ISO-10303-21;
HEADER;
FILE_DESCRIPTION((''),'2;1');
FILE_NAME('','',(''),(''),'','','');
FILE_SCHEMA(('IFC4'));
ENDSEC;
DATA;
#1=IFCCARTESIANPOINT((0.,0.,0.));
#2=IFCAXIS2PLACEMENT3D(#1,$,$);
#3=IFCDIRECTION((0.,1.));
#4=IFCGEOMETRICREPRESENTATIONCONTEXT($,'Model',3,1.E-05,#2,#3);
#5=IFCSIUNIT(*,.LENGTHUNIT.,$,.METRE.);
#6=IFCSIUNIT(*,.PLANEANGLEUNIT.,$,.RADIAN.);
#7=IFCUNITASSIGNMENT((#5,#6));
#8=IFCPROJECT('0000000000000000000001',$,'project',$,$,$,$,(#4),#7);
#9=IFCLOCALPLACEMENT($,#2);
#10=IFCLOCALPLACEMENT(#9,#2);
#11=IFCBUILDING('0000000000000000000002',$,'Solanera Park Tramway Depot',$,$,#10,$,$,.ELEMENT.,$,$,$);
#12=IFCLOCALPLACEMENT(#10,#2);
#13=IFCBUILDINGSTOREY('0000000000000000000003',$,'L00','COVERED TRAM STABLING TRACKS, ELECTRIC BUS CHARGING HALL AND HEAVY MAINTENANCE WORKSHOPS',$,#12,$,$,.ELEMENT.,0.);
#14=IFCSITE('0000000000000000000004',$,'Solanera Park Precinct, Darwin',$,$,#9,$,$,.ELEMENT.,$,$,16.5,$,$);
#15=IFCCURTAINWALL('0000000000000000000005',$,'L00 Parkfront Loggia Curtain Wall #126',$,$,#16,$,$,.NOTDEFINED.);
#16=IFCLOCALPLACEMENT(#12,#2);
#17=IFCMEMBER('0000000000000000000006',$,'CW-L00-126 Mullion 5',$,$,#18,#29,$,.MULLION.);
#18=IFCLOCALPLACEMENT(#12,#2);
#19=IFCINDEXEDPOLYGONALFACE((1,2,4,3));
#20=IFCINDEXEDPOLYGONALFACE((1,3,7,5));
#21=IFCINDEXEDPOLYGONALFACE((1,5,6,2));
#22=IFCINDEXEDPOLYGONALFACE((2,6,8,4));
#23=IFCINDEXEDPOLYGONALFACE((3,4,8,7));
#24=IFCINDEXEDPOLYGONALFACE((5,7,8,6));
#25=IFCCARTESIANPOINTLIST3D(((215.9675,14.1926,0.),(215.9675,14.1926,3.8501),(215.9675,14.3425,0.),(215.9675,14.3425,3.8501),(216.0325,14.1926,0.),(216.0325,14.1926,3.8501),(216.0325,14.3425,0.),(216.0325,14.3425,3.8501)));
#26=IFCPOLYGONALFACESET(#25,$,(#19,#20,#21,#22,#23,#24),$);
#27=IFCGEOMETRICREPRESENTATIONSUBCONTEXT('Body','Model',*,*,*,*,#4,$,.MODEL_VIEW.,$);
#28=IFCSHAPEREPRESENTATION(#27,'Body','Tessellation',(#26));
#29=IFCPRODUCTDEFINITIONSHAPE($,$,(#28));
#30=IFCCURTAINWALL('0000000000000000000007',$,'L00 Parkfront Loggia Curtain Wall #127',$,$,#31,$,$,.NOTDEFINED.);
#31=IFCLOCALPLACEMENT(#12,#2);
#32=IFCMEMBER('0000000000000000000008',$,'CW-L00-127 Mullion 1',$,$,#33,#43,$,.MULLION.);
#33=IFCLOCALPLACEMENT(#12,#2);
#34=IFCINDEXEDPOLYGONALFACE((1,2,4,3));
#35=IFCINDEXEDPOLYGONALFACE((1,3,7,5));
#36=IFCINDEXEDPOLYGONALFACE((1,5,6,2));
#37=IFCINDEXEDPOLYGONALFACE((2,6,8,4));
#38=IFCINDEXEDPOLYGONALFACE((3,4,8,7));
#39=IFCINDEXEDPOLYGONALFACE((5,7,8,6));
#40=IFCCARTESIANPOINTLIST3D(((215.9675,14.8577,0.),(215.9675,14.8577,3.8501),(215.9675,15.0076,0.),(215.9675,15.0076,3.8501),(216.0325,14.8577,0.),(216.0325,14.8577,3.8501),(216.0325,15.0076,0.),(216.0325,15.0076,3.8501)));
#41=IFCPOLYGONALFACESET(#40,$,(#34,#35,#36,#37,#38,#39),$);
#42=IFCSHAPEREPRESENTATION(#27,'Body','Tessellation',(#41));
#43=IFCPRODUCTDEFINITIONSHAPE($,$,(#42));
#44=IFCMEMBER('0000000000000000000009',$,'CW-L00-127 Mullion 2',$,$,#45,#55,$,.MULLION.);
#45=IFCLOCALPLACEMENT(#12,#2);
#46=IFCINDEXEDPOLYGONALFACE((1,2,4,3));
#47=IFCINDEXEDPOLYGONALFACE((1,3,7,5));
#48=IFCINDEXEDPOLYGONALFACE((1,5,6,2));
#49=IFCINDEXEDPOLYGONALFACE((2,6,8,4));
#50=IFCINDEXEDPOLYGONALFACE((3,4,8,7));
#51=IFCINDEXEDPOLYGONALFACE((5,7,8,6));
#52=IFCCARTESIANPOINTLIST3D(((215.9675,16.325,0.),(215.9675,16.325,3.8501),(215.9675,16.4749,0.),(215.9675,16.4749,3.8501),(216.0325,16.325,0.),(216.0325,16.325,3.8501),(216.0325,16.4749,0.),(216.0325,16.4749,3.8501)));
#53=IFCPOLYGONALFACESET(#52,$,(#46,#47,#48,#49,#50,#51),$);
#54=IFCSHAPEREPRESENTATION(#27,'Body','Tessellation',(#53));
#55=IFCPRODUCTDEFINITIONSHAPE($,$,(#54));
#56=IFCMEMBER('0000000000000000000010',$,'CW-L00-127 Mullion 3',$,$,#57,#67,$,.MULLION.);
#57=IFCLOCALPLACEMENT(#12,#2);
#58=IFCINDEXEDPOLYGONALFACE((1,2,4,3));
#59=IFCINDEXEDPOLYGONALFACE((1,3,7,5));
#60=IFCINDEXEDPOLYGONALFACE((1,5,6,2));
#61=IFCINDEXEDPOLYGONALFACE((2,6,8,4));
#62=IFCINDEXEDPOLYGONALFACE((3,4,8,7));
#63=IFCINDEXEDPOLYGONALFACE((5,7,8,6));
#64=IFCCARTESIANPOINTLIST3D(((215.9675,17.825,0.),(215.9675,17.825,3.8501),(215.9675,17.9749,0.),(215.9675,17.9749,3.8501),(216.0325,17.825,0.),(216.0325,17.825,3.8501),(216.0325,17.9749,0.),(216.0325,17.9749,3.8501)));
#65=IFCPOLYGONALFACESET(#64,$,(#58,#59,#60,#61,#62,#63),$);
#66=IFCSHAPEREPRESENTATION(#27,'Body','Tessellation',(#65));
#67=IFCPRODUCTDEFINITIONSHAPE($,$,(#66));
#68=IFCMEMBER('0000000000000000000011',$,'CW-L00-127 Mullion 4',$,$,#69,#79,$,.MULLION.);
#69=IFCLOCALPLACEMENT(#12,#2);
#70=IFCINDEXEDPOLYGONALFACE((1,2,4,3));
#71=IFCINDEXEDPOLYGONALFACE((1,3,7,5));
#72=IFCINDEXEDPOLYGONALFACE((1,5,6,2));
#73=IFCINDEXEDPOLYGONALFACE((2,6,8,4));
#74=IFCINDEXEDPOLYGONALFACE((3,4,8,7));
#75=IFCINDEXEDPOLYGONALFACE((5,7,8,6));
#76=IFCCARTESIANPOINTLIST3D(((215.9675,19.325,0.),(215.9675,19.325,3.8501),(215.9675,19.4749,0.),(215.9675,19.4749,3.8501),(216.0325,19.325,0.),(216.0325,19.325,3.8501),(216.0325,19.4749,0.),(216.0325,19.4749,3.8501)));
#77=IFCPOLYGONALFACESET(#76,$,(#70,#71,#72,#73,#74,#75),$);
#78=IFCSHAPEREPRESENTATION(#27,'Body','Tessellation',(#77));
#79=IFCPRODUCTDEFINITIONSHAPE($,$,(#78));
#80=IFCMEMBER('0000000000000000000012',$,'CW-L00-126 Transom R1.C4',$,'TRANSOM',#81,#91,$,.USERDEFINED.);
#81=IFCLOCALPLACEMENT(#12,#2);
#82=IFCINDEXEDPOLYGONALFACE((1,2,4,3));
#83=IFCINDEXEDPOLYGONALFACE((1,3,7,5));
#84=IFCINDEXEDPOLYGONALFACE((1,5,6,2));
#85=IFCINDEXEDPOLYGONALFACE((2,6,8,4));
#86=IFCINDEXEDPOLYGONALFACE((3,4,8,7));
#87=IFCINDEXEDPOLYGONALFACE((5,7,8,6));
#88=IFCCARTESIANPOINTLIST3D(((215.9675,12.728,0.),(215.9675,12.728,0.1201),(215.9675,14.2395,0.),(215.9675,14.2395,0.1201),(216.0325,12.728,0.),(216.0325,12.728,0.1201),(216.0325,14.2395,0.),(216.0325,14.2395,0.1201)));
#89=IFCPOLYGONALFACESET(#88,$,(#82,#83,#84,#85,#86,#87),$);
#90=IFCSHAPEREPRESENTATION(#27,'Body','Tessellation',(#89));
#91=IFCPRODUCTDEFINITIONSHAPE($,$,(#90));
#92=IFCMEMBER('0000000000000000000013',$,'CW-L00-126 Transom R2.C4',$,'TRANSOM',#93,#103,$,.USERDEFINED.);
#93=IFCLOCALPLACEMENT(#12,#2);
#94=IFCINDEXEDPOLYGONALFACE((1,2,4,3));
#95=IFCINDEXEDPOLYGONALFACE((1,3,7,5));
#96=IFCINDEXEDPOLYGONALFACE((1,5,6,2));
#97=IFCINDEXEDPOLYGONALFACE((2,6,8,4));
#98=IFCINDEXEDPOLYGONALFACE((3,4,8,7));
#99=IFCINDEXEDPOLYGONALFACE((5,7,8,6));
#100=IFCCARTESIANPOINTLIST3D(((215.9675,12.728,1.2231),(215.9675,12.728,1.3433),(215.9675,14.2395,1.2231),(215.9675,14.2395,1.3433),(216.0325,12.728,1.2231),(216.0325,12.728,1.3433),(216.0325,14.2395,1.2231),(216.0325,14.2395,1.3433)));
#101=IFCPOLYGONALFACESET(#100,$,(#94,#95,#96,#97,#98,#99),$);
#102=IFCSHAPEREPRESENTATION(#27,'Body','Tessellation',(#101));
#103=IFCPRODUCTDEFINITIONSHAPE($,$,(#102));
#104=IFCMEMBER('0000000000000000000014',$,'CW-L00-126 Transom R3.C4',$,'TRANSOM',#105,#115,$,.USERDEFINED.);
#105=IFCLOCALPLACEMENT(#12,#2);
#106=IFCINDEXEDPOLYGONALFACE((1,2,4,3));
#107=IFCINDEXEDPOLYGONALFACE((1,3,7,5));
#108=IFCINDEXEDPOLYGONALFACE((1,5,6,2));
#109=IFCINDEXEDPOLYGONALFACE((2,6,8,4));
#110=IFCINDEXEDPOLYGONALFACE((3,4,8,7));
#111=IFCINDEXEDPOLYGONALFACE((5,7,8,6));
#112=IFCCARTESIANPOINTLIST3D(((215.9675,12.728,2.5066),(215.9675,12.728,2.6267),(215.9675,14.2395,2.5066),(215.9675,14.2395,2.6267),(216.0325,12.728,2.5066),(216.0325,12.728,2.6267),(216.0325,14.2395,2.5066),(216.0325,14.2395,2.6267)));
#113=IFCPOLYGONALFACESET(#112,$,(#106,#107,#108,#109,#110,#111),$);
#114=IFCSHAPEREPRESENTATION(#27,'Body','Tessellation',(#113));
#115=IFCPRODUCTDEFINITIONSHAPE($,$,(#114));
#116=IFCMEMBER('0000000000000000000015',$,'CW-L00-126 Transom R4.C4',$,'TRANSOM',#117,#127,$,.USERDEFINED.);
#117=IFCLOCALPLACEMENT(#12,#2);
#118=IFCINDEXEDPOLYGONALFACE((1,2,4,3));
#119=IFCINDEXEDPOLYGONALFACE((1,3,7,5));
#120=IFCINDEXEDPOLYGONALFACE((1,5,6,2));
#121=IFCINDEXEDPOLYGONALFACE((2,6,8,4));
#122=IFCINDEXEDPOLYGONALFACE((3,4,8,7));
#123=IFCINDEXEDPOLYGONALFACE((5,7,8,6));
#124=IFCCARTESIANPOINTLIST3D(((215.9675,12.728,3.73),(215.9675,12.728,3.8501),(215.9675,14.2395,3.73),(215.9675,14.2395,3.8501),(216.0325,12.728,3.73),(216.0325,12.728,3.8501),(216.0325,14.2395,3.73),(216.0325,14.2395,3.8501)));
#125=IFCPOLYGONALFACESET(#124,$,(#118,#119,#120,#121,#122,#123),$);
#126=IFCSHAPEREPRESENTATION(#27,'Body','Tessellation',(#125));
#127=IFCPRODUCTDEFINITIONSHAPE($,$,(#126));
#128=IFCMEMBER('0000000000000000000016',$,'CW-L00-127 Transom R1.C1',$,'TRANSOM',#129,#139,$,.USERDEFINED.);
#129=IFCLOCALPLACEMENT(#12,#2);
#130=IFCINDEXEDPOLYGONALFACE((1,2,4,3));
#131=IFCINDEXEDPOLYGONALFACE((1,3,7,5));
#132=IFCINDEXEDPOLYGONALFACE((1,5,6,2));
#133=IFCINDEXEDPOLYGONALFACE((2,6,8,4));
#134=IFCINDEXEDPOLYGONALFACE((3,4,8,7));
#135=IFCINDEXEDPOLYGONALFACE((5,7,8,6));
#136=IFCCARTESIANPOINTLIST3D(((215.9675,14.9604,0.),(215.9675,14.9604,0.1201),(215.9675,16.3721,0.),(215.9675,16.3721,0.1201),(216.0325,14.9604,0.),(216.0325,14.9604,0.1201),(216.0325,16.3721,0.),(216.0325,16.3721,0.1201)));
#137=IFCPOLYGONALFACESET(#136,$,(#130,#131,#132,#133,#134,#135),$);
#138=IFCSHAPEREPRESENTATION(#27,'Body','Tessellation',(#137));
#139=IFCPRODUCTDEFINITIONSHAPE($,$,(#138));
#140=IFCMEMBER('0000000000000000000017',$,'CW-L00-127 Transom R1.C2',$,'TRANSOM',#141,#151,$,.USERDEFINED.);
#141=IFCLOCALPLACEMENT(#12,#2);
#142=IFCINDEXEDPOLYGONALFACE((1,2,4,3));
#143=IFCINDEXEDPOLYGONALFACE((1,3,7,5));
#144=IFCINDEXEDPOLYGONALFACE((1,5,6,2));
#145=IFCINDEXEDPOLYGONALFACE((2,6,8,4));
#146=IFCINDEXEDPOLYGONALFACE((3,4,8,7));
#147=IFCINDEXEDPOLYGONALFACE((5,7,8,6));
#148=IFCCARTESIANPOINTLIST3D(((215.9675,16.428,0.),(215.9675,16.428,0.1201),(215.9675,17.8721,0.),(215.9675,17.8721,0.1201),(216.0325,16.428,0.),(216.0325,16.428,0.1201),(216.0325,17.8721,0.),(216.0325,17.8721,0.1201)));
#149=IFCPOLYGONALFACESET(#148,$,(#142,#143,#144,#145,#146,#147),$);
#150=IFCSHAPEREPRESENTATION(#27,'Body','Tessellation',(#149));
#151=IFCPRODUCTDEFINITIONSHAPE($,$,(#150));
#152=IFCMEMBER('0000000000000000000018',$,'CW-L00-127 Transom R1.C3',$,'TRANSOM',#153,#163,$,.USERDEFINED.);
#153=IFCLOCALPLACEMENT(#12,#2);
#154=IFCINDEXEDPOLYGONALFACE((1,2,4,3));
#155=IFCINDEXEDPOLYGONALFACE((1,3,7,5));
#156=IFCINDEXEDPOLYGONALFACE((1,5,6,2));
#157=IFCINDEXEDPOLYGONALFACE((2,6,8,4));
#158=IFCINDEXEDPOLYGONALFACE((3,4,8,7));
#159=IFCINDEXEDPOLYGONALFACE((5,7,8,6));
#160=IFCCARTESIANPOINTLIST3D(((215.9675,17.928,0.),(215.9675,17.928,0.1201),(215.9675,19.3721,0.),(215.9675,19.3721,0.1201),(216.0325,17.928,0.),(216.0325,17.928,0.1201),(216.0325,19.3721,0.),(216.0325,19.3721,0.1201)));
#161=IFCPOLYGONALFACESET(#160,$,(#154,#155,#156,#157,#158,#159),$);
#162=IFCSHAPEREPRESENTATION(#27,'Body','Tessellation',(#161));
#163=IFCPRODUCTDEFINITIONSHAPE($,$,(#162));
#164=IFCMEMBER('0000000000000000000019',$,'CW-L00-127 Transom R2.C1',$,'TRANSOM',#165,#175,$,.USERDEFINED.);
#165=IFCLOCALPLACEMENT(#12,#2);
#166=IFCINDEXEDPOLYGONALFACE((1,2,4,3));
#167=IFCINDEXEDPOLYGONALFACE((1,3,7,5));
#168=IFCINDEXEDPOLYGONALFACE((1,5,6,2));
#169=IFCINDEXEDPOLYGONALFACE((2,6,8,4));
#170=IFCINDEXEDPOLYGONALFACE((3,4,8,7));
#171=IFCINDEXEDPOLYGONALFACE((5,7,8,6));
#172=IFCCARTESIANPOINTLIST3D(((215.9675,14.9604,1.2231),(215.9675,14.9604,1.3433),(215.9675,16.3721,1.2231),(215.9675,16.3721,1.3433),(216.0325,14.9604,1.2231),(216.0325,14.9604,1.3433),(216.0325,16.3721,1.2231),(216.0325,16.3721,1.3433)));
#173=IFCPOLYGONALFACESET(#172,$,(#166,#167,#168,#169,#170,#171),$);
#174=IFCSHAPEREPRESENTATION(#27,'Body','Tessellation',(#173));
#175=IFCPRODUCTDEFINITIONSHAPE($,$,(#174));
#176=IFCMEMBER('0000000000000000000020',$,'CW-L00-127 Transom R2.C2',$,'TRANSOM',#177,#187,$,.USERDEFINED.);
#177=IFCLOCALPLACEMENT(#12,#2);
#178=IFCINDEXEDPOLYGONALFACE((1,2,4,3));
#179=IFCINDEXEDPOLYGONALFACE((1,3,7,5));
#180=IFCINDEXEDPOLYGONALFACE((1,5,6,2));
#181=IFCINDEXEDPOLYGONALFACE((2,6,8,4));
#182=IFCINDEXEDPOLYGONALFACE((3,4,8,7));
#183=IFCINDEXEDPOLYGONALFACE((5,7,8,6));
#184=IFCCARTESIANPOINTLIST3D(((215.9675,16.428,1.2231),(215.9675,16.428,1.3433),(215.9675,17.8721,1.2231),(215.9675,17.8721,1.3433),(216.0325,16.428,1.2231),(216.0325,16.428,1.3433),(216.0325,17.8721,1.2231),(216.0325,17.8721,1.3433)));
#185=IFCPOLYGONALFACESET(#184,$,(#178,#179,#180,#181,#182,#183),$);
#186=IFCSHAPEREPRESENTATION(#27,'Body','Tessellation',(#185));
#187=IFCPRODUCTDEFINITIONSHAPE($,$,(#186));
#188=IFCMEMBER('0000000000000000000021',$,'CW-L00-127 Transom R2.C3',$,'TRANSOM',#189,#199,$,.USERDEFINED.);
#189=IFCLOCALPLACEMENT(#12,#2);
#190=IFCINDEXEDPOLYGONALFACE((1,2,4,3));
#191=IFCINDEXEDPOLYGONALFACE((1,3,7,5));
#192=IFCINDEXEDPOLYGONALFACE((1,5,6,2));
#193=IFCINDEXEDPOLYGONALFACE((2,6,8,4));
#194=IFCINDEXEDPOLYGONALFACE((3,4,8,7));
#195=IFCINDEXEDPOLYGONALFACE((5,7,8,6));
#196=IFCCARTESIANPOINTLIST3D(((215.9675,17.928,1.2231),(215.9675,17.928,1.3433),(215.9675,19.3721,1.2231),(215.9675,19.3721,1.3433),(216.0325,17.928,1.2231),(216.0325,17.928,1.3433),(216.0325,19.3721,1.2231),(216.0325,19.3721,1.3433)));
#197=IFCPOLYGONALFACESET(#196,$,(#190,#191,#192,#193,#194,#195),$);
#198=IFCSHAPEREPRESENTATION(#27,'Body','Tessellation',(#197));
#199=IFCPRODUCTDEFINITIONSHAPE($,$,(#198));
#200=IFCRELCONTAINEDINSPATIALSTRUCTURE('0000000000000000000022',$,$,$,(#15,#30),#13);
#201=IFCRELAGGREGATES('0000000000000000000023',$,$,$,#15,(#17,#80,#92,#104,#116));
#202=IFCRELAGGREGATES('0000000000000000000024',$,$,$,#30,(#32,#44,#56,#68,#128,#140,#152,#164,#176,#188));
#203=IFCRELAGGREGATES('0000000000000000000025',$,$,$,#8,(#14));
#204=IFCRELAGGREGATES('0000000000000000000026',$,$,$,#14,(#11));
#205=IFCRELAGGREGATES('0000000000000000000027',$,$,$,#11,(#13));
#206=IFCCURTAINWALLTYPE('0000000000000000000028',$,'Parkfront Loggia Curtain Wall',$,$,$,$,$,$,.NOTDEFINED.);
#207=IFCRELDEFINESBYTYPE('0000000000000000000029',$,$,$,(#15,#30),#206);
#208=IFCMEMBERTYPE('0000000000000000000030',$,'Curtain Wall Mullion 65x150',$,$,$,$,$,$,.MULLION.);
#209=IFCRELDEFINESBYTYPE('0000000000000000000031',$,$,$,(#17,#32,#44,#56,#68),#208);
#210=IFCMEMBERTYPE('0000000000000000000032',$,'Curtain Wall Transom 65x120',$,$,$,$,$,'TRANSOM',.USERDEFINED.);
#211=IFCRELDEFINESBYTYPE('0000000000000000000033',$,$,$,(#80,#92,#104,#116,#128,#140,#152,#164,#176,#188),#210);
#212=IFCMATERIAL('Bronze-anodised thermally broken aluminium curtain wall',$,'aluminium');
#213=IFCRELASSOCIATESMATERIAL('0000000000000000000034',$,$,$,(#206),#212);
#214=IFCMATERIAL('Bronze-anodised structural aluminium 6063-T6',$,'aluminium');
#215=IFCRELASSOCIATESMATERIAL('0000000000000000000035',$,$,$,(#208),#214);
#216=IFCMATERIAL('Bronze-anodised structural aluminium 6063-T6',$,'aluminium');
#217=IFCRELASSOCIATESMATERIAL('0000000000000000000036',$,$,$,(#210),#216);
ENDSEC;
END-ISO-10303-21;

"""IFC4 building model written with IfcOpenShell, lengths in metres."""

from ifc_helpers import new_model, si_unit, direction, frame, origin, origin_2d, place, context, subcontext, project, spatial, rectangle, extrude, material, material_profile, profile_set, type_object, element, aggregate, save


model = new_model("IFC4")

# Units and contexts
model_context = context("Model", 3, precision=1e-05, world=origin(), true_north=direction((0.0, 1.0)))
body_context = subcontext(model_context, "Body", "Model", "MODEL_VIEW")
ifc_project = project(units=[si_unit("LENGTHUNIT", "METRE"), si_unit("PLANEANGLEUNIT", "RADIAN")], contexts=[model_context])

# Site, building, storey
site_placement = place(None, origin())
site = spatial("IfcSite", under=ifc_project, at=site_placement, Name="Solanera Park Precinct, Darwin", CompositionType="ELEMENT", RefElevation=16.5)
building_placement = place(site_placement, origin())
building = spatial("IfcBuilding", under=site, at=building_placement, Name="Solanera Park Tramway Depot", CompositionType="ELEMENT")
storey_placement = place(building_placement, origin())
storey = spatial("IfcBuildingStorey", under=building, at=storey_placement, Name="L00", Description="COVERED TRAM STABLING TRACKS, ELECTRIC BUS CHARGING HALL AND HEAVY MAINTENANCE WORKSHOPS", CompositionType="ELEMENT", Elevation=0.0)

# Curtain wall, member
ifc_material_1 = material(Name="Bronze-anodised thermally broken aluminium curtain wall", Category="aluminium")
curtain_wall_type = type_object("IfcCurtainWallType", Name="Parkfront Loggia Curtain Wall", PredefinedType="NOTDEFINED", material=ifc_material_1)
curtain_wall_1_placement = place(storey_placement, origin())
curtain_wall_1 = element("IfcCurtainWall", 1, at=curtain_wall_1_placement, inside=storey, type_object=curtain_wall_type, Name="L00 Parkfront Loggia Curtain Wall #126", PredefinedType="NOTDEFINED")
ifc_material_2 = material(Name="Bronze-anodised structural aluminium 6063-T6", Category="aluminium")
ifc_material_profile_1 = material_profile(ifc_material_2, rectangle(XDim=0.0649, YDim=0.1499, at=origin_2d()), Name="Curtain Wall Mullion 65x150")
ifc_profile_set_1 = profile_set([ifc_material_profile_1], Name="Bronze-anodised structural aluminium 6063-T6")
member_type_1 = type_object("IfcMemberType", Name="Curtain Wall Mullion 65x150", PredefinedType="MULLION", material=ifc_profile_set_1)
member_1_placement = place(storey_placement, frame((216.0, 14.2676, 0.0), z_axis=(0.0, 0.0, 1.0), x_axis=(1.0, 0.0, 0.0)))
member_1 = element("IfcMember", 2, at=member_1_placement, type_object=member_type_1, Name="CW-L00-126 Mullion 5", PredefinedType="MULLION", context=body_context, shape_type="SweptSolid", body=[
    extrude(rectangle(XDim=0.0649, YDim=0.1499, at=origin_2d()), origin(), (0.0, 0.0, 1.0), 3.8501),
])

# Curtain wall, members
curtain_wall_2_placement = place(storey_placement, origin())
curtain_wall_2 = element("IfcCurtainWall", 3, at=curtain_wall_2_placement, inside=storey, type_object=curtain_wall_type, Name="L00 Parkfront Loggia Curtain Wall #127", PredefinedType="NOTDEFINED")
member_2_placement = place(storey_placement, frame((216.0, 14.9326, 0.0), z_axis=(0.0, 0.0, 1.0), x_axis=(1.0, 0.0, 0.0)))
member_2 = element("IfcMember", 4, at=member_2_placement, type_object=member_type_1, Name="CW-L00-127 Mullion 1", PredefinedType="MULLION", context=body_context, shape_type="SweptSolid", body=[
    extrude(rectangle(XDim=0.0649, YDim=0.1499, at=origin_2d()), origin(), (0.0, 0.0, 1.0), 3.8501),
])
member_3_placement = place(storey_placement, frame((216.0, 16.3999, 0.0), z_axis=(0.0, 0.0, 1.0), x_axis=(1.0, 0.0, 0.0)))
member_3 = element("IfcMember", 5, at=member_3_placement, type_object=member_type_1, Name="CW-L00-127 Mullion 2", PredefinedType="MULLION", context=body_context, shape_type="SweptSolid", body=[
    extrude(rectangle(XDim=0.0649, YDim=0.1499, at=origin_2d()), origin(), (0.0, 0.0, 1.0), 3.8501),
])
member_4_placement = place(storey_placement, frame((216.0, 17.8999, 0.0), z_axis=(0.0, 0.0, 1.0), x_axis=(1.0, 0.0, 0.0)))
member_4 = element("IfcMember", 6, at=member_4_placement, type_object=member_type_1, Name="CW-L00-127 Mullion 3", PredefinedType="MULLION", context=body_context, shape_type="SweptSolid", body=[
    extrude(rectangle(XDim=0.0649, YDim=0.1499, at=origin_2d()), origin(), (0.0, 0.0, 1.0), 3.8501),
])
member_5_placement = place(storey_placement, frame((216.0, 19.3999, 0.0), z_axis=(0.0, 0.0, 1.0), x_axis=(1.0, 0.0, 0.0)))
member_5 = element("IfcMember", 7, at=member_5_placement, type_object=member_type_1, Name="CW-L00-127 Mullion 4", PredefinedType="MULLION", context=body_context, shape_type="SweptSolid", body=[
    extrude(rectangle(XDim=0.0649, YDim=0.1499, at=origin_2d()), origin(), (0.0, 0.0, 1.0), 3.8501),
])

# Members
ifc_material_3 = material(Name="Bronze-anodised structural aluminium 6063-T6", Category="aluminium")
ifc_material_profile_2 = material_profile(ifc_material_3, rectangle(XDim=0.0649, YDim=0.1201, at=origin_2d()), Name="Curtain Wall Transom 65x120")
ifc_profile_set_2 = profile_set([ifc_material_profile_2], Name="Bronze-anodised structural aluminium 6063-T6")
member_type_2 = type_object("IfcMemberType", Name="Curtain Wall Transom 65x120", ElementType="TRANSOM", PredefinedType="USERDEFINED", material=ifc_profile_set_2)
member_6_placement = place(storey_placement, frame((216.0, 12.728, 0.0601), z_axis=(0.0, 1.0, 0.0), x_axis=(-1.0, 0.0, 0.0)))
member_6 = element("IfcMember", 8, at=member_6_placement, type_object=member_type_2, Name="CW-L00-126 Transom R1.C4", ObjectType="TRANSOM", PredefinedType="USERDEFINED", context=body_context, shape_type="SweptSolid", body=[
    extrude(rectangle(XDim=0.0649, YDim=0.1201, at=origin_2d()), origin(), (0.0, 0.0, 1.0), 1.5115),
])
member_7_placement = place(storey_placement, frame((216.0, 12.728, 1.2832), z_axis=(0.0, 1.0, 0.0), x_axis=(-1.0, 0.0, 0.0)))
member_7 = element("IfcMember", 9, at=member_7_placement, type_object=member_type_2, Name="CW-L00-126 Transom R2.C4", ObjectType="TRANSOM", PredefinedType="USERDEFINED", context=body_context, shape_type="SweptSolid", body=[
    extrude(rectangle(XDim=0.0649, YDim=0.1201, at=origin_2d()), origin(), (0.0, 0.0, 1.0), 1.5115),
])
member_8_placement = place(storey_placement, frame((216.0, 12.728, 2.5667), z_axis=(0.0, 1.0, 0.0), x_axis=(-1.0, 0.0, 0.0)))
member_8 = element("IfcMember", 10, at=member_8_placement, type_object=member_type_2, Name="CW-L00-126 Transom R3.C4", ObjectType="TRANSOM", PredefinedType="USERDEFINED", context=body_context, shape_type="SweptSolid", body=[
    extrude(rectangle(XDim=0.0649, YDim=0.1201, at=origin_2d()), origin(), (0.0, 0.0, 1.0), 1.5115),
])
member_9_placement = place(storey_placement, frame((216.0, 12.728, 3.79), z_axis=(0.0, 1.0, 0.0), x_axis=(-1.0, 0.0, 0.0)))
member_9 = element("IfcMember", 11, at=member_9_placement, type_object=member_type_2, Name="CW-L00-126 Transom R4.C4", ObjectType="TRANSOM", PredefinedType="USERDEFINED", context=body_context, shape_type="SweptSolid", body=[
    extrude(rectangle(XDim=0.0649, YDim=0.1201, at=origin_2d()), origin(), (0.0, 0.0, 1.0), 1.5115),
])
member_10_placement = place(storey_placement, frame((216.0, 14.9604, 0.0601), z_axis=(0.0, 1.0, 0.0), x_axis=(-1.0, 0.0, 0.0)))
member_10 = element("IfcMember", 12, at=member_10_placement, type_object=member_type_2, Name="CW-L00-127 Transom R1.C1", ObjectType="TRANSOM", PredefinedType="USERDEFINED", context=body_context, shape_type="SweptSolid", body=[
    extrude(rectangle(XDim=0.0649, YDim=0.1201, at=origin_2d()), origin(), (0.0, 0.0, 1.0), 1.4116),
])
member_11_placement = place(storey_placement, frame((216.0, 16.428, 0.0601), z_axis=(0.0, 1.0, 0.0), x_axis=(-1.0, 0.0, 0.0)))
member_11 = element("IfcMember", 13, at=member_11_placement, type_object=member_type_2, Name="CW-L00-127 Transom R1.C2", ObjectType="TRANSOM", PredefinedType="USERDEFINED", context=body_context, shape_type="SweptSolid", body=[
    extrude(rectangle(XDim=0.0649, YDim=0.1201, at=origin_2d()), origin(), (0.0, 0.0, 1.0), 1.4441),
])
member_12_placement = place(storey_placement, frame((216.0, 17.928, 0.0601), z_axis=(0.0, 1.0, 0.0), x_axis=(-1.0, 0.0, 0.0)))
member_12 = element("IfcMember", 14, at=member_12_placement, type_object=member_type_2, Name="CW-L00-127 Transom R1.C3", ObjectType="TRANSOM", PredefinedType="USERDEFINED", context=body_context, shape_type="SweptSolid", body=[
    extrude(rectangle(XDim=0.0649, YDim=0.1201, at=origin_2d()), origin(), (0.0, 0.0, 1.0), 1.4441),
])
member_13_placement = place(storey_placement, frame((216.0, 14.9604, 1.2832), z_axis=(0.0, 1.0, 0.0), x_axis=(-1.0, 0.0, 0.0)))
member_13 = element("IfcMember", 15, at=member_13_placement, type_object=member_type_2, Name="CW-L00-127 Transom R2.C1", ObjectType="TRANSOM", PredefinedType="USERDEFINED", context=body_context, shape_type="SweptSolid", body=[
    extrude(rectangle(XDim=0.0649, YDim=0.1201, at=origin_2d()), origin(), (0.0, 0.0, 1.0), 1.4116),
])
member_14_placement = place(storey_placement, frame((216.0, 16.428, 1.2832), z_axis=(0.0, 1.0, 0.0), x_axis=(-1.0, 0.0, 0.0)))
member_14 = element("IfcMember", 16, at=member_14_placement, type_object=member_type_2, Name="CW-L00-127 Transom R2.C2", ObjectType="TRANSOM", PredefinedType="USERDEFINED", context=body_context, shape_type="SweptSolid", body=[
    extrude(rectangle(XDim=0.0649, YDim=0.1201, at=origin_2d()), origin(), (0.0, 0.0, 1.0), 1.4441),
])
member_15_placement = place(storey_placement, frame((216.0, 17.928, 1.2832), z_axis=(0.0, 1.0, 0.0), x_axis=(-1.0, 0.0, 0.0)))
member_15 = element("IfcMember", 17, at=member_15_placement, type_object=member_type_2, Name="CW-L00-127 Transom R2.C3", ObjectType="TRANSOM", PredefinedType="USERDEFINED", context=body_context, shape_type="SweptSolid", body=[
    extrude(rectangle(XDim=0.0649, YDim=0.1201, at=origin_2d()), origin(), (0.0, 0.0, 1.0), 1.4441),
])

aggregate(curtain_wall_1, [member_1, member_6, member_7, member_8, member_9])
aggregate(curtain_wall_2, [member_2, member_3, member_4, member_5, member_10, member_11, member_12, member_13, member_14, member_15])

save(model, "model.ifc")
